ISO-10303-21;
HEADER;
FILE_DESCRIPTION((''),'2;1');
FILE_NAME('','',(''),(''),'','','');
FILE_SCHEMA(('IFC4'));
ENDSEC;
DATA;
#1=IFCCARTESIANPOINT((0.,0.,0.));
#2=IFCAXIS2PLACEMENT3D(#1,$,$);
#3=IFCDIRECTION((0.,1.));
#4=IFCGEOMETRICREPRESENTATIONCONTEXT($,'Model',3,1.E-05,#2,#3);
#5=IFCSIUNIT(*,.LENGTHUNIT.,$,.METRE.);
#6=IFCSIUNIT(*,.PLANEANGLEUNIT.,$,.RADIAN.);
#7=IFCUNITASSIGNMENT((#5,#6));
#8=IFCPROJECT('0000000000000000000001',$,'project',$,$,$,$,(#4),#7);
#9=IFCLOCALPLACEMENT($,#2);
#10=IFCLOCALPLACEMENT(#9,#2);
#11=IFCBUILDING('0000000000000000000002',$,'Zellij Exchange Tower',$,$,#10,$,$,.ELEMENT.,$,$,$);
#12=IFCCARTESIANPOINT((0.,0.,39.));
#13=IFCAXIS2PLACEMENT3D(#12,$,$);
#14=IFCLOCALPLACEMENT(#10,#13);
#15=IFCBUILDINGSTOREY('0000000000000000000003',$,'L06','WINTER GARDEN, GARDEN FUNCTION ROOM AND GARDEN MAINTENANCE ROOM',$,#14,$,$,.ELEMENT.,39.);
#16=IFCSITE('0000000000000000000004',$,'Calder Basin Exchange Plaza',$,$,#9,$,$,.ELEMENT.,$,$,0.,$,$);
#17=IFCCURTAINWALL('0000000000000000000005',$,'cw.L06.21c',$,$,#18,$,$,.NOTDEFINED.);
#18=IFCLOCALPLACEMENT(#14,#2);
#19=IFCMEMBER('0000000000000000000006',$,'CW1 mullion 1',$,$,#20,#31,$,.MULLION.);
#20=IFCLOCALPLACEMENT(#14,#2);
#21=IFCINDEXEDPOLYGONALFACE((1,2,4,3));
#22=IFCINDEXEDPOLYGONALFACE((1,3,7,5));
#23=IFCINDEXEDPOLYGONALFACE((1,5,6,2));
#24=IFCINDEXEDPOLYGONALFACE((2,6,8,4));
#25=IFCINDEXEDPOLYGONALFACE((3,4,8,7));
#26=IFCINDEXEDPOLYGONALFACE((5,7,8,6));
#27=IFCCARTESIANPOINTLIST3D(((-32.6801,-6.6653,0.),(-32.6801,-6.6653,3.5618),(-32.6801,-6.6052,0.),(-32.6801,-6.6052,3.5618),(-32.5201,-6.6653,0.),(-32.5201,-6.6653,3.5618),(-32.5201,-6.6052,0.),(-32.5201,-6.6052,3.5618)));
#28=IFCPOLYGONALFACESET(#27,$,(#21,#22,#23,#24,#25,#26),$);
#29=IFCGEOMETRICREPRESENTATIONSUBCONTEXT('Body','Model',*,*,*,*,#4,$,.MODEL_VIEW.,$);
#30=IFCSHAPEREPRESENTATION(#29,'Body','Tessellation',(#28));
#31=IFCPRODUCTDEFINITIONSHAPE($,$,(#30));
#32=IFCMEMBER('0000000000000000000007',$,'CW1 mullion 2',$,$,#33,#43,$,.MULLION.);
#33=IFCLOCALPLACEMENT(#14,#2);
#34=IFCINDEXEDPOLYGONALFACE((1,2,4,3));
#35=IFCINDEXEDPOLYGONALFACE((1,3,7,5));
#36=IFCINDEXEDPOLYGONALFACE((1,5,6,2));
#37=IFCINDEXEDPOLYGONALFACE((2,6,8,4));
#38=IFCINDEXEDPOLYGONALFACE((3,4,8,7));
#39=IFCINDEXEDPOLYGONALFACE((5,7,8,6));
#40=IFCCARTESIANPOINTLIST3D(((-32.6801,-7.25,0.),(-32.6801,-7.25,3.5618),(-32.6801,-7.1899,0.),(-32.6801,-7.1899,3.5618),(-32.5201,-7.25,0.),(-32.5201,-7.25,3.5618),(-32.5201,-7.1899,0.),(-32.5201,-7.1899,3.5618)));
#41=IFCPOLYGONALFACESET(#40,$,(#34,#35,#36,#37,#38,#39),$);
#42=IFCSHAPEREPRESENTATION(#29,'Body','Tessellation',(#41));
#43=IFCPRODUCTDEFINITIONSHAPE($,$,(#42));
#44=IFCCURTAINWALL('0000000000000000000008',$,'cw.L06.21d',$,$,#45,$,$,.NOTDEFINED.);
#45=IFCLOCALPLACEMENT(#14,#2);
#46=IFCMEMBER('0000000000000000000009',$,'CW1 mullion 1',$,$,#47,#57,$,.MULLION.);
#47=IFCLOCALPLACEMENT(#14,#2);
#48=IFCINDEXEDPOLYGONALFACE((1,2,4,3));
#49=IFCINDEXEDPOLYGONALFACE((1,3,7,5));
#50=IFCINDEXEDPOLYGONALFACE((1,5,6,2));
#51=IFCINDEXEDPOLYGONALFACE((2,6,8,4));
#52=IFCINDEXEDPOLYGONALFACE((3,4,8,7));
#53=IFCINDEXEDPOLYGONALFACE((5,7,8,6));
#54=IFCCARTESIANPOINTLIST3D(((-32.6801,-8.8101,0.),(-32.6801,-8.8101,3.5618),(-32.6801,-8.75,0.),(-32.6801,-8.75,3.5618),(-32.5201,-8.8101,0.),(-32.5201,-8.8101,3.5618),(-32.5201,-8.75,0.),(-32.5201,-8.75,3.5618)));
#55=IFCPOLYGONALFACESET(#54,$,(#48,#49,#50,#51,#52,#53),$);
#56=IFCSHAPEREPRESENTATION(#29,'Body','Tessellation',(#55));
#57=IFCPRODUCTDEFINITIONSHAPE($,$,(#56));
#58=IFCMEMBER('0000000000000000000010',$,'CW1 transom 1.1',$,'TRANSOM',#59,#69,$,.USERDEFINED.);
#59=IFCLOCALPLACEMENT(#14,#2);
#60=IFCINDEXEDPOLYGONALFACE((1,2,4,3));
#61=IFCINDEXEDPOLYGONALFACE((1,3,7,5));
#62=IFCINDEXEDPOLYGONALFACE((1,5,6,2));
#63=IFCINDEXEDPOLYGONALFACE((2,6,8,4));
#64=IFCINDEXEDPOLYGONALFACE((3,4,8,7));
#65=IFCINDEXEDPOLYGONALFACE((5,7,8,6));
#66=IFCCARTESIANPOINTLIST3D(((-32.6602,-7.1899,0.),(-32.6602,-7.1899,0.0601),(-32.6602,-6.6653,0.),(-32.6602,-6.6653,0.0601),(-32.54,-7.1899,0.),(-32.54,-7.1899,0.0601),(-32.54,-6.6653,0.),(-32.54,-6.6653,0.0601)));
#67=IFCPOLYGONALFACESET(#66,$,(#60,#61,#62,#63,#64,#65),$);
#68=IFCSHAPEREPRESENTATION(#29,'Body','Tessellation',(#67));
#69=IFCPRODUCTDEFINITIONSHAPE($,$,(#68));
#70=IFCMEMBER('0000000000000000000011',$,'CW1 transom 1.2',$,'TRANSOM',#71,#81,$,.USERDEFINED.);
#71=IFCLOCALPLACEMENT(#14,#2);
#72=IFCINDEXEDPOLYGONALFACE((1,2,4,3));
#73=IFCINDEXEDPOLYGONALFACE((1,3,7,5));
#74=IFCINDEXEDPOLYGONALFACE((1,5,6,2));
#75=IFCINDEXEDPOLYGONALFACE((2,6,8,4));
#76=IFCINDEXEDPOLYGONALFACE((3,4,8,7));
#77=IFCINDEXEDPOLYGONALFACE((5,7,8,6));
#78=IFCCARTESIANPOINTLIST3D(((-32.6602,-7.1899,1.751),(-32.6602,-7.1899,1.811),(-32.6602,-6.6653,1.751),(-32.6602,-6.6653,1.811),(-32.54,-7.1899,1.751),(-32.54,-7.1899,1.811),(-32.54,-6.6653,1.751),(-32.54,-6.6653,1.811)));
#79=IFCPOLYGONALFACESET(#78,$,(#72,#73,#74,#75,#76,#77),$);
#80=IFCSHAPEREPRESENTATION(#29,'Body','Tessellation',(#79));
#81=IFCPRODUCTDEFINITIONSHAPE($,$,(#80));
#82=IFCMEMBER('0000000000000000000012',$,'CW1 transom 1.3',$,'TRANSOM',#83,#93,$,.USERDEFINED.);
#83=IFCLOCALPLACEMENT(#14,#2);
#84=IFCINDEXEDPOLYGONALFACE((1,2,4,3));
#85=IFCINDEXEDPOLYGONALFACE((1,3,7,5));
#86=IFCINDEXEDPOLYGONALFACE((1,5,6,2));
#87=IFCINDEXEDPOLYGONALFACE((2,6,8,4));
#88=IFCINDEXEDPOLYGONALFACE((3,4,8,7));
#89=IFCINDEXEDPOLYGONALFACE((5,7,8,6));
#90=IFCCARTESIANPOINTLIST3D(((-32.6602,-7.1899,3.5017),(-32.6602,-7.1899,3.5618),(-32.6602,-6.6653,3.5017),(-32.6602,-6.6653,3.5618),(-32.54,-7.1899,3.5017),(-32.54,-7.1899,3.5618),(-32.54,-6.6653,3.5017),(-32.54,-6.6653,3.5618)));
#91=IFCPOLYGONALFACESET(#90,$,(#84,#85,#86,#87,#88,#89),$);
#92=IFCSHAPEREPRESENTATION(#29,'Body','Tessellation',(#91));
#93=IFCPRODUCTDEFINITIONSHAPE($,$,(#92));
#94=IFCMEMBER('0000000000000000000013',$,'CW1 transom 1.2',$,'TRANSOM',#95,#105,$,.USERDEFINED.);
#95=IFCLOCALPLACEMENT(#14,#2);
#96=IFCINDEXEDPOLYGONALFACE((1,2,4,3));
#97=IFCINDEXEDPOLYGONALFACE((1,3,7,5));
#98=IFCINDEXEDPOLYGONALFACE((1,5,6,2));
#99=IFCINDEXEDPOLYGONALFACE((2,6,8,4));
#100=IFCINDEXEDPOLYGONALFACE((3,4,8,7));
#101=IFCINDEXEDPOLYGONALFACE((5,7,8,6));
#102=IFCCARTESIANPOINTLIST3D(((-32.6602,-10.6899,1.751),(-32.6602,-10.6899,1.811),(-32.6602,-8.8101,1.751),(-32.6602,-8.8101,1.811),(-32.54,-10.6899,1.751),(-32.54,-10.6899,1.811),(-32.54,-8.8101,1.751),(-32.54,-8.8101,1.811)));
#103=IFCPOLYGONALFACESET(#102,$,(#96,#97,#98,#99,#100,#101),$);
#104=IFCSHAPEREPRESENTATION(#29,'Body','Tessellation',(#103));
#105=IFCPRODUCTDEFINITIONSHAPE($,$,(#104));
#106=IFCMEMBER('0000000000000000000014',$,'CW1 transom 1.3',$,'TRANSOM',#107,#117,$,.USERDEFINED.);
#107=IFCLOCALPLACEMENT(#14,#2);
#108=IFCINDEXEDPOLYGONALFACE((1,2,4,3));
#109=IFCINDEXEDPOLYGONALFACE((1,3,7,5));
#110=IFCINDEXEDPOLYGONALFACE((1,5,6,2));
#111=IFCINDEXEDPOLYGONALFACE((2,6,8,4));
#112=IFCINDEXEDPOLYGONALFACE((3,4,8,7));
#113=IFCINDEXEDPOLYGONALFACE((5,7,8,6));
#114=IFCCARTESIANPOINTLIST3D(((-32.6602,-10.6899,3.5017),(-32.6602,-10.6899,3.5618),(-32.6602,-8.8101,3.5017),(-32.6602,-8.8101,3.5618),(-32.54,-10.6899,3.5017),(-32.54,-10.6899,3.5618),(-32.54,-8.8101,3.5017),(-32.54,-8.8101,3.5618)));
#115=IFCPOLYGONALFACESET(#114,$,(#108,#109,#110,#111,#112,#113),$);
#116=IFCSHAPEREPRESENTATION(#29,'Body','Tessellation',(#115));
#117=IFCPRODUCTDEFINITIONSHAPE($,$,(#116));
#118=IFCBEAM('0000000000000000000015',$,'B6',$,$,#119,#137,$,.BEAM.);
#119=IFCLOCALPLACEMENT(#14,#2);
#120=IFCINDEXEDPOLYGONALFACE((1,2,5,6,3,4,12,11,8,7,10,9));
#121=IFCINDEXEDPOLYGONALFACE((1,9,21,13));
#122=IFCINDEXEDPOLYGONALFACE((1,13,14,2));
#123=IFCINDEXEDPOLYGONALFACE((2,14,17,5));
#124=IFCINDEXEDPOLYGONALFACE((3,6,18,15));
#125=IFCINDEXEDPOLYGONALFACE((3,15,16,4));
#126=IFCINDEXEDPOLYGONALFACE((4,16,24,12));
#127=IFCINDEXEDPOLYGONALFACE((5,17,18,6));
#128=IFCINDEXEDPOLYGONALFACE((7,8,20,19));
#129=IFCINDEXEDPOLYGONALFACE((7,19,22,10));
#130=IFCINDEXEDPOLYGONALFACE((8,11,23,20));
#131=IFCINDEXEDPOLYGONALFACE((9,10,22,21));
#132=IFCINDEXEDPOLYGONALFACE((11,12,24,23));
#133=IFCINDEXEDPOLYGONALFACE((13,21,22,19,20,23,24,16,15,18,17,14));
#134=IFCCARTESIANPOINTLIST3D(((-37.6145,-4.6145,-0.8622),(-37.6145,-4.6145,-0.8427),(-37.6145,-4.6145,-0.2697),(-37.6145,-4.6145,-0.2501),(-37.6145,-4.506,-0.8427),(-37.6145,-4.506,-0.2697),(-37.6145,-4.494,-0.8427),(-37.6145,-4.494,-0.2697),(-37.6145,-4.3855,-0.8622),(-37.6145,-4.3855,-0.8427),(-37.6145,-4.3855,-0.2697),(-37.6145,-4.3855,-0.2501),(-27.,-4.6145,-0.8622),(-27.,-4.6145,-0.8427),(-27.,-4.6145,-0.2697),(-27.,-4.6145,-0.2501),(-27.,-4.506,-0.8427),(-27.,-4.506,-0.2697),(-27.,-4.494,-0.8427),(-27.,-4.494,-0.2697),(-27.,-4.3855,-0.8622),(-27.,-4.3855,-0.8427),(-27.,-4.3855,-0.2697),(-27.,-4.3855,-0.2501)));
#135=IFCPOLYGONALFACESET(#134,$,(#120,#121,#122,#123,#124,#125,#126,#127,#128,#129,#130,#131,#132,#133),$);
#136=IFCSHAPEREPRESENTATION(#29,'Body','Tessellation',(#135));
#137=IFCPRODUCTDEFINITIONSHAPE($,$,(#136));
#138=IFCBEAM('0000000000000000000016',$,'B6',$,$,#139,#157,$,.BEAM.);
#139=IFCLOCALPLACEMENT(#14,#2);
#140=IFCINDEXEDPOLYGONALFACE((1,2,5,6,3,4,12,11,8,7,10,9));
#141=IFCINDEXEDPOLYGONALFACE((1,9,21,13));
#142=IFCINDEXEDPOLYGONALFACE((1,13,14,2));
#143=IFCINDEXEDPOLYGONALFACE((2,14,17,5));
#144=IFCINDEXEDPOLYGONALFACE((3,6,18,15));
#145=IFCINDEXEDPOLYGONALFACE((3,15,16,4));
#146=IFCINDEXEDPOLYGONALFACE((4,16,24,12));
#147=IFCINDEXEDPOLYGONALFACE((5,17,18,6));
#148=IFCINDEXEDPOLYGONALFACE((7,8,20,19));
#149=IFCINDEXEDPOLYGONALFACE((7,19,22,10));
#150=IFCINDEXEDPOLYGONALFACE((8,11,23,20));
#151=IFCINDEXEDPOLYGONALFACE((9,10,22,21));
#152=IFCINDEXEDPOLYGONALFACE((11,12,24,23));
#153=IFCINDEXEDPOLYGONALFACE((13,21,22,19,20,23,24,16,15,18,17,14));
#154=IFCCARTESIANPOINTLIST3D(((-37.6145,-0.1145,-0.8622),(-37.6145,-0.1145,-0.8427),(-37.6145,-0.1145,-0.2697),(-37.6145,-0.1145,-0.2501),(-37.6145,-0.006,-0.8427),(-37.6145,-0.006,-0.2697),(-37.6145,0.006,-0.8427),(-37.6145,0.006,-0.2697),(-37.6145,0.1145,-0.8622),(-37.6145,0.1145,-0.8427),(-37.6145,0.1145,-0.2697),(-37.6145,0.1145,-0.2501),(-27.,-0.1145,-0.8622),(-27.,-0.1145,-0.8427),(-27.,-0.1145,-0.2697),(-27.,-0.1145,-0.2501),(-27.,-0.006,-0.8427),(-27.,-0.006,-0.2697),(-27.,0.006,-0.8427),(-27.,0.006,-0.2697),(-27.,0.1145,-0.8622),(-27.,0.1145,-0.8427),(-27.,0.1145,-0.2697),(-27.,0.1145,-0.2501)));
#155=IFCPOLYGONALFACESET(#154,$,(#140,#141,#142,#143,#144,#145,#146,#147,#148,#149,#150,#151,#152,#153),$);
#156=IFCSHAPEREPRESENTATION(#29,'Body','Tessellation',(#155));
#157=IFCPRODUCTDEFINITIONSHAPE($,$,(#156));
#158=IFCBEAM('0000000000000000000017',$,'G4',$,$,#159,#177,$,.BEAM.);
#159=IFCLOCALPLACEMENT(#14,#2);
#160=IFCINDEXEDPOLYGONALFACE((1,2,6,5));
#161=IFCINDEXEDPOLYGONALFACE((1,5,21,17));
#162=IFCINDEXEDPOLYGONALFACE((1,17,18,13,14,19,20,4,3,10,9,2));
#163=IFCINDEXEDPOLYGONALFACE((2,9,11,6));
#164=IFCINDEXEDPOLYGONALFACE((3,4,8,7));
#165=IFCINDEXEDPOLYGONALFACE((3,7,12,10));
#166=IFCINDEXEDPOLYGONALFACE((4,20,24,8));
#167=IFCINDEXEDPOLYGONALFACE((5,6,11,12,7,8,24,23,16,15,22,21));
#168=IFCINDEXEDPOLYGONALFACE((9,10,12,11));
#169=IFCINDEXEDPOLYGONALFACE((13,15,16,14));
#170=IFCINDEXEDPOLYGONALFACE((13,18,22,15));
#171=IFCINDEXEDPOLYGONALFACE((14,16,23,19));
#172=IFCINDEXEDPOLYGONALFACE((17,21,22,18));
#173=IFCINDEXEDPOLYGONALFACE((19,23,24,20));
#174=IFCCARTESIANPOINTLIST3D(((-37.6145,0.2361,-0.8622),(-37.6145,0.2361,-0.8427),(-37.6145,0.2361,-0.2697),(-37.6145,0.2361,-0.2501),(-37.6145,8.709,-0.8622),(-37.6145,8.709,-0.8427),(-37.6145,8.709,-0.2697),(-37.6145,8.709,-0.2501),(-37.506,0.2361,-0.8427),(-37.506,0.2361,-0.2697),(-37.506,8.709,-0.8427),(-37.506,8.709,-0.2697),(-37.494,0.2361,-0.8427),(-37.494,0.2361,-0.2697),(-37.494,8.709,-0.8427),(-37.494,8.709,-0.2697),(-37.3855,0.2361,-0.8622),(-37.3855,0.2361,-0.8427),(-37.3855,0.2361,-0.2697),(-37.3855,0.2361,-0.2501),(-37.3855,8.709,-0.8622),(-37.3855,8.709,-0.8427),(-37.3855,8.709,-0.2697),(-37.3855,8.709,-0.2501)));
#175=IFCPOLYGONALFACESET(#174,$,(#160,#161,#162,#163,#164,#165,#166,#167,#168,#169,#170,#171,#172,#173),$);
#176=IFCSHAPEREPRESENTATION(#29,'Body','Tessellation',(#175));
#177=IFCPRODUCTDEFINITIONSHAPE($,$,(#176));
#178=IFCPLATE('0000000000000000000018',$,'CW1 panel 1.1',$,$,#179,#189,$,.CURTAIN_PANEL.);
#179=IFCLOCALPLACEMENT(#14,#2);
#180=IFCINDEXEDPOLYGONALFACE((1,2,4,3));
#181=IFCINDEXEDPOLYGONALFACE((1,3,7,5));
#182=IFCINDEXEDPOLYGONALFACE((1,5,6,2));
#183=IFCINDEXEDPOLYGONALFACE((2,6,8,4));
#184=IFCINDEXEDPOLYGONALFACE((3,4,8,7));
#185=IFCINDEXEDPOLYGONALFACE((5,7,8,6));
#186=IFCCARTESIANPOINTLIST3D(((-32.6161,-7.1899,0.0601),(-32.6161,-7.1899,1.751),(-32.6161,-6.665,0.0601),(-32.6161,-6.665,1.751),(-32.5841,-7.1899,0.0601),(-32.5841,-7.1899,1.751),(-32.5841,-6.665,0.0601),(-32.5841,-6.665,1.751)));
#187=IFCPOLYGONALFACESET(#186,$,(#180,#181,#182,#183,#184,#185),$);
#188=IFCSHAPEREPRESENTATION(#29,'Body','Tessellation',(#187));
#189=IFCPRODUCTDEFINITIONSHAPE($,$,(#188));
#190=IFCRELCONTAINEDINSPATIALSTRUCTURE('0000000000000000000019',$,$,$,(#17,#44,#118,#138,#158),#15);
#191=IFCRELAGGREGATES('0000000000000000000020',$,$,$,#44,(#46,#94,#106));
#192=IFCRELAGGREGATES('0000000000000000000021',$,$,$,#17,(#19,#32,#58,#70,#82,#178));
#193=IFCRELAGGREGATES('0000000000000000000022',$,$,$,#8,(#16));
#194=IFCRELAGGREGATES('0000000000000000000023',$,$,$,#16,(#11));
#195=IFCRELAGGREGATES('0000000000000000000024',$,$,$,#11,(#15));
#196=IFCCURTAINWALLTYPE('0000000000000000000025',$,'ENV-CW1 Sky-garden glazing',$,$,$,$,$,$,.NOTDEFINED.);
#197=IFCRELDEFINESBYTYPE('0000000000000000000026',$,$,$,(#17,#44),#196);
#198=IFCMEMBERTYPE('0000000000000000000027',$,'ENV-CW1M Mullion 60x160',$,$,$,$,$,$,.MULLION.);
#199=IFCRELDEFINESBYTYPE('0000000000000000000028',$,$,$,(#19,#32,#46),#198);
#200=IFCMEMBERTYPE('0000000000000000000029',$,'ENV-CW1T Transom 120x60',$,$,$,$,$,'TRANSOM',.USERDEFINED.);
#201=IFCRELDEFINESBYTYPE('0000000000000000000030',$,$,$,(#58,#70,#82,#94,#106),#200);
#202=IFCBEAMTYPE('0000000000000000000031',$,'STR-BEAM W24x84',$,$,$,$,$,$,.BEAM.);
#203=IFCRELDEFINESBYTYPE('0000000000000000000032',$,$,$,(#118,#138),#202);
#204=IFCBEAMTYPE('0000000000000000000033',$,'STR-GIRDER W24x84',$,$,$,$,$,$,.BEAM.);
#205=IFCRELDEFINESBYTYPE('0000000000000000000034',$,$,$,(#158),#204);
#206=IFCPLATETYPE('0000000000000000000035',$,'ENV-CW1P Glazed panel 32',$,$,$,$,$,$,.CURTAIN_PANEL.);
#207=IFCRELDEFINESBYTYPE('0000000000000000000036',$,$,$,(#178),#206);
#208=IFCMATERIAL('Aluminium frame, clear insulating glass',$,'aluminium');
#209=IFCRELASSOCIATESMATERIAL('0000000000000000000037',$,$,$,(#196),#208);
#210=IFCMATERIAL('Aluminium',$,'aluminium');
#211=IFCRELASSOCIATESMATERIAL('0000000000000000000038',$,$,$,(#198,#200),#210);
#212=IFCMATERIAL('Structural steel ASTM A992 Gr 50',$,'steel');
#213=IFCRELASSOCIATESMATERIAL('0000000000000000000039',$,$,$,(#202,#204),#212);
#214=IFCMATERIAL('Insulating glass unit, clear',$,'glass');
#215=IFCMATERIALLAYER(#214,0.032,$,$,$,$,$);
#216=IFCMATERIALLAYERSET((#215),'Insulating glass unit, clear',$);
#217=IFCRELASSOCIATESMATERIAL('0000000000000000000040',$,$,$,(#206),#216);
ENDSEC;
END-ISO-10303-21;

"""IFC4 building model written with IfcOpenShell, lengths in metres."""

from ifc_helpers import new_model, si_unit, direction, frame, origin, origin_2d, place, context, subcontext, project, spatial, rectangle, i_section, extrude, material, layer, layer_set, material_profile, profile_set, type_object, element, aggregate, save


model = new_model("IFC4")

# Units and contexts
model_context = context("Model", 3, precision=1e-05, world=origin(), true_north=direction((0.0, 1.0)))
body_context = subcontext(model_context, "Body", "Model", "MODEL_VIEW")
ifc_project = project(units=[si_unit("LENGTHUNIT", "METRE"), si_unit("PLANEANGLEUNIT", "RADIAN")], contexts=[model_context])

# Site, building, storey
site_placement = place(None, origin())
site = spatial("IfcSite", under=ifc_project, at=site_placement, Name="Calder Basin Exchange Plaza", CompositionType="ELEMENT", RefElevation=0.0)
building_placement = place(site_placement, origin())
building = spatial("IfcBuilding", under=site, at=building_placement, Name="Zellij Exchange Tower", CompositionType="ELEMENT")
storey_placement = place(building_placement, frame((0.0, 0.0, 39.0)))
storey = spatial("IfcBuildingStorey", under=building, at=storey_placement, Name="L06", Description="WINTER GARDEN, GARDEN FUNCTION ROOM AND GARDEN MAINTENANCE ROOM", CompositionType="ELEMENT", Elevation=39.0)

# Curtain wall, members
ifc_material_1 = material(Name="Aluminium frame, clear insulating glass", Category="aluminium")
curtain_wall_type = type_object("IfcCurtainWallType", Name="ENV-CW1 Sky-garden glazing", PredefinedType="NOTDEFINED", material=ifc_material_1)
curtain_wall_1_placement = place(storey_placement, origin())
curtain_wall_1 = element("IfcCurtainWall", 1, at=curtain_wall_1_placement, inside=storey, type_object=curtain_wall_type, Name="cw.L06.21c", PredefinedType="NOTDEFINED")
ifc_material_2 = material(Name="Aluminium", Category="aluminium")
ifc_material_profile_1 = material_profile(ifc_material_2, rectangle(XDim=0.0601, YDim=0.1599, at=origin_2d()), Name="AL 60x160")
ifc_profile_set_1 = profile_set([ifc_material_profile_1], Name="Aluminium")
member_type_1 = type_object("IfcMemberType", Name="ENV-CW1M Mullion 60x160", PredefinedType="MULLION", material=ifc_profile_set_1)
member_1_placement = place(storey_placement, frame((-32.6001, -6.6353, 0.0), z_axis=(0.0, 0.0, 1.0), x_axis=(0.0, -1.0, 0.0)))
member_1 = element("IfcMember", 2, at=member_1_placement, type_object=member_type_1, Name="CW1 mullion 1", PredefinedType="MULLION", context=body_context, shape_type="SweptSolid", body=[
    extrude(rectangle(XDim=0.0601, YDim=0.1599, at=origin_2d()), origin(), (0.0, 0.0, 1.0), 3.5618),
])
member_2_placement = place(storey_placement, frame((-32.6001, -7.22, 0.0), z_axis=(0.0, 0.0, 1.0), x_axis=(0.0, -1.0, 0.0)))
member_2 = element("IfcMember", 3, at=member_2_placement, type_object=member_type_1, Name="CW1 mullion 2", PredefinedType="MULLION", context=body_context, shape_type="SweptSolid", body=[
    extrude(rectangle(XDim=0.0601, YDim=0.1599, at=origin_2d()), origin(), (0.0, 0.0, 1.0), 3.5618),
])

# Curtain wall, member
curtain_wall_2_placement = place(storey_placement, origin())
curtain_wall_2 = element("IfcCurtainWall", 4, at=curtain_wall_2_placement, inside=storey, type_object=curtain_wall_type, Name="cw.L06.21d", PredefinedType="NOTDEFINED")
member_3_placement = place(storey_placement, frame((-32.6001, -8.78, 0.0), z_axis=(0.0, 0.0, 1.0), x_axis=(0.0, -1.0, 0.0)))
member_3 = element("IfcMember", 5, at=member_3_placement, type_object=member_type_1, Name="CW1 mullion 1", PredefinedType="MULLION", context=body_context, shape_type="SweptSolid", body=[
    extrude(rectangle(XDim=0.0601, YDim=0.1599, at=origin_2d()), origin(), (0.0, 0.0, 1.0), 3.5618),
])

# Members
ifc_material_profile_2 = material_profile(ifc_material_2, rectangle(XDim=0.1201, YDim=0.0601, at=origin_2d()), Name="AL 120x60")
ifc_profile_set_2 = profile_set([ifc_material_profile_2], Name="Aluminium")
member_type_2 = type_object("IfcMemberType", Name="ENV-CW1T Transom 120x60", ElementType="TRANSOM", PredefinedType="USERDEFINED", material=ifc_profile_set_2)
member_4_placement = place(storey_placement, frame((-32.6001, -6.6653, 0.03), z_axis=(0.0, -1.0, 0.0), x_axis=(1.0, 0.0, 0.0)))
member_4 = element("IfcMember", 6, at=member_4_placement, type_object=member_type_2, Name="CW1 transom 1.1", ObjectType="TRANSOM", PredefinedType="USERDEFINED", context=body_context, shape_type="SweptSolid", body=[
    extrude(rectangle(XDim=0.1201, YDim=0.0601, at=origin_2d()), origin(), (0.0, 0.0, 1.0), 0.5247),
])
member_5_placement = place(storey_placement, frame((-32.6001, -6.6653, 1.781), z_axis=(0.0, -1.0, 0.0), x_axis=(1.0, 0.0, 0.0)))
member_5 = element("IfcMember", 7, at=member_5_placement, type_object=member_type_2, Name="CW1 transom 1.2", ObjectType="TRANSOM", PredefinedType="USERDEFINED", context=body_context, shape_type="SweptSolid", body=[
    extrude(rectangle(XDim=0.1201, YDim=0.0601, at=origin_2d()), origin(), (0.0, 0.0, 1.0), 0.5247),
])
member_6_placement = place(storey_placement, frame((-32.6001, -6.6653, 3.5317), z_axis=(0.0, -1.0, 0.0), x_axis=(1.0, 0.0, 0.0)))
member_6 = element("IfcMember", 8, at=member_6_placement, type_object=member_type_2, Name="CW1 transom 1.3", ObjectType="TRANSOM", PredefinedType="USERDEFINED", context=body_context, shape_type="SweptSolid", body=[
    extrude(rectangle(XDim=0.1201, YDim=0.0601, at=origin_2d()), origin(), (0.0, 0.0, 1.0), 0.5247),
])
member_7_placement = place(storey_placement, frame((-32.6001, -8.8101, 1.781), z_axis=(0.0, -1.0, 0.0), x_axis=(1.0, 0.0, 0.0)))
member_7 = element("IfcMember", 9, at=member_7_placement, type_object=member_type_2, Name="CW1 transom 1.2", ObjectType="TRANSOM", PredefinedType="USERDEFINED", context=body_context, shape_type="SweptSolid", body=[
    extrude(rectangle(XDim=0.1201, YDim=0.0601, at=origin_2d()), origin(), (0.0, 0.0, 1.0), 1.8799),
])
member_8_placement = place(storey_placement, frame((-32.6001, -8.8101, 3.5317), z_axis=(0.0, -1.0, 0.0), x_axis=(1.0, 0.0, 0.0)))
member_8 = element("IfcMember", 10, at=member_8_placement, type_object=member_type_2, Name="CW1 transom 1.3", ObjectType="TRANSOM", PredefinedType="USERDEFINED", context=body_context, shape_type="SweptSolid", body=[
    extrude(rectangle(XDim=0.1201, YDim=0.0601, at=origin_2d()), origin(), (0.0, 0.0, 1.0), 1.8799),
])
aggregate(curtain_wall_2, [member_3, member_7, member_8])

# Beams
ifc_material_3 = material(Name="Structural steel ASTM A992 Gr 50", Category="steel")
ifc_material_profile_3 = material_profile(ifc_material_3, i_section(OverallWidth=0.229, OverallDepth=0.6121, WebThickness=0.012, FlangeThickness=0.0195, at=origin_2d()), Name="W24x84")
ifc_profile_set_3 = profile_set([ifc_material_profile_3], Name="Structural steel ASTM A992 Gr 50")
beam_type_1 = type_object("IfcBeamType", Name="STR-BEAM W24x84", PredefinedType="BEAM", material=ifc_profile_set_3)
for number, where, z_axis, x_axis, name in (
    (11, (-37.6145, -4.5, -0.5562), (1.0, 0.0, 0.0), (0.0, 1.0, 0.0), "B6"),
    (12, (-37.6145, 0.0, -0.5562), (1.0, 0.0, 0.0), (0.0, 1.0, 0.0), "B6"),
):
    element("IfcBeam", number, at=place(storey_placement, frame(where, z_axis=z_axis, x_axis=x_axis)), inside=storey, type_object=beam_type_1, Name=name, PredefinedType="BEAM", context=body_context, shape_type="SweptSolid", body=[
        extrude(i_section(OverallWidth=0.229, OverallDepth=0.6121, WebThickness=0.012, FlangeThickness=0.0195, at=origin_2d()), origin(), (0.0, 0.0, 1.0), 10.6145),
    ])
ifc_material_profile_4 = material_profile(ifc_material_3, i_section(OverallWidth=0.229, OverallDepth=0.6121, WebThickness=0.012, FlangeThickness=0.0195, at=origin_2d()), Name="W24x84")
ifc_profile_set_4 = profile_set([ifc_material_profile_4], Name="Structural steel ASTM A992 Gr 50")
beam_type_2 = type_object("IfcBeamType", Name="STR-GIRDER W24x84", PredefinedType="BEAM", material=ifc_profile_set_4)
beam_placement = place(storey_placement, frame((-37.5, 0.2361, -0.5562), z_axis=(0.0, 1.0, 0.0), x_axis=(-1.0, 0.0, 0.0)))
element("IfcBeam", 13, at=beam_placement, inside=storey, type_object=beam_type_2, Name="G4", PredefinedType="BEAM", context=body_context, shape_type="SweptSolid", body=[
    extrude(i_section(OverallWidth=0.229, OverallDepth=0.6121, WebThickness=0.012, FlangeThickness=0.0195, at=origin_2d()), origin(), (0.0, 0.0, 1.0), 8.4729),
])

# Plate
ifc_material_4 = material(Name="Insulating glass unit, clear", Category="glass")
ifc_layer_1 = layer(ifc_material_4, 0.032)
ifc_layer_set_1 = layer_set([ifc_layer_1], Name="Insulating glass unit, clear")
plate_type = type_object("IfcPlateType", Name="ENV-CW1P Glazed panel 32", PredefinedType="CURTAIN_PANEL", material=ifc_layer_set_1)
plate_1_placement = place(storey_placement, frame((-32.6001, -6.9275, 0.0601), z_axis=(0.0, 0.0, 1.0), x_axis=(0.0, -1.0, 0.0)))
plate_1 = element("IfcPlate", 14, at=plate_1_placement, type_object=plate_type, Name="CW1 panel 1.1", PredefinedType="CURTAIN_PANEL", context=body_context, shape_type="SweptSolid", body=[
    extrude(rectangle(XDim=0.5249, YDim=0.032, at=origin_2d()), origin(), (0.0, 0.0, 1.0), 1.6909),
])
aggregate(curtain_wall_1, [member_1, member_2, member_4, member_5, member_6, plate_1])

save(model, "model.ifc")
